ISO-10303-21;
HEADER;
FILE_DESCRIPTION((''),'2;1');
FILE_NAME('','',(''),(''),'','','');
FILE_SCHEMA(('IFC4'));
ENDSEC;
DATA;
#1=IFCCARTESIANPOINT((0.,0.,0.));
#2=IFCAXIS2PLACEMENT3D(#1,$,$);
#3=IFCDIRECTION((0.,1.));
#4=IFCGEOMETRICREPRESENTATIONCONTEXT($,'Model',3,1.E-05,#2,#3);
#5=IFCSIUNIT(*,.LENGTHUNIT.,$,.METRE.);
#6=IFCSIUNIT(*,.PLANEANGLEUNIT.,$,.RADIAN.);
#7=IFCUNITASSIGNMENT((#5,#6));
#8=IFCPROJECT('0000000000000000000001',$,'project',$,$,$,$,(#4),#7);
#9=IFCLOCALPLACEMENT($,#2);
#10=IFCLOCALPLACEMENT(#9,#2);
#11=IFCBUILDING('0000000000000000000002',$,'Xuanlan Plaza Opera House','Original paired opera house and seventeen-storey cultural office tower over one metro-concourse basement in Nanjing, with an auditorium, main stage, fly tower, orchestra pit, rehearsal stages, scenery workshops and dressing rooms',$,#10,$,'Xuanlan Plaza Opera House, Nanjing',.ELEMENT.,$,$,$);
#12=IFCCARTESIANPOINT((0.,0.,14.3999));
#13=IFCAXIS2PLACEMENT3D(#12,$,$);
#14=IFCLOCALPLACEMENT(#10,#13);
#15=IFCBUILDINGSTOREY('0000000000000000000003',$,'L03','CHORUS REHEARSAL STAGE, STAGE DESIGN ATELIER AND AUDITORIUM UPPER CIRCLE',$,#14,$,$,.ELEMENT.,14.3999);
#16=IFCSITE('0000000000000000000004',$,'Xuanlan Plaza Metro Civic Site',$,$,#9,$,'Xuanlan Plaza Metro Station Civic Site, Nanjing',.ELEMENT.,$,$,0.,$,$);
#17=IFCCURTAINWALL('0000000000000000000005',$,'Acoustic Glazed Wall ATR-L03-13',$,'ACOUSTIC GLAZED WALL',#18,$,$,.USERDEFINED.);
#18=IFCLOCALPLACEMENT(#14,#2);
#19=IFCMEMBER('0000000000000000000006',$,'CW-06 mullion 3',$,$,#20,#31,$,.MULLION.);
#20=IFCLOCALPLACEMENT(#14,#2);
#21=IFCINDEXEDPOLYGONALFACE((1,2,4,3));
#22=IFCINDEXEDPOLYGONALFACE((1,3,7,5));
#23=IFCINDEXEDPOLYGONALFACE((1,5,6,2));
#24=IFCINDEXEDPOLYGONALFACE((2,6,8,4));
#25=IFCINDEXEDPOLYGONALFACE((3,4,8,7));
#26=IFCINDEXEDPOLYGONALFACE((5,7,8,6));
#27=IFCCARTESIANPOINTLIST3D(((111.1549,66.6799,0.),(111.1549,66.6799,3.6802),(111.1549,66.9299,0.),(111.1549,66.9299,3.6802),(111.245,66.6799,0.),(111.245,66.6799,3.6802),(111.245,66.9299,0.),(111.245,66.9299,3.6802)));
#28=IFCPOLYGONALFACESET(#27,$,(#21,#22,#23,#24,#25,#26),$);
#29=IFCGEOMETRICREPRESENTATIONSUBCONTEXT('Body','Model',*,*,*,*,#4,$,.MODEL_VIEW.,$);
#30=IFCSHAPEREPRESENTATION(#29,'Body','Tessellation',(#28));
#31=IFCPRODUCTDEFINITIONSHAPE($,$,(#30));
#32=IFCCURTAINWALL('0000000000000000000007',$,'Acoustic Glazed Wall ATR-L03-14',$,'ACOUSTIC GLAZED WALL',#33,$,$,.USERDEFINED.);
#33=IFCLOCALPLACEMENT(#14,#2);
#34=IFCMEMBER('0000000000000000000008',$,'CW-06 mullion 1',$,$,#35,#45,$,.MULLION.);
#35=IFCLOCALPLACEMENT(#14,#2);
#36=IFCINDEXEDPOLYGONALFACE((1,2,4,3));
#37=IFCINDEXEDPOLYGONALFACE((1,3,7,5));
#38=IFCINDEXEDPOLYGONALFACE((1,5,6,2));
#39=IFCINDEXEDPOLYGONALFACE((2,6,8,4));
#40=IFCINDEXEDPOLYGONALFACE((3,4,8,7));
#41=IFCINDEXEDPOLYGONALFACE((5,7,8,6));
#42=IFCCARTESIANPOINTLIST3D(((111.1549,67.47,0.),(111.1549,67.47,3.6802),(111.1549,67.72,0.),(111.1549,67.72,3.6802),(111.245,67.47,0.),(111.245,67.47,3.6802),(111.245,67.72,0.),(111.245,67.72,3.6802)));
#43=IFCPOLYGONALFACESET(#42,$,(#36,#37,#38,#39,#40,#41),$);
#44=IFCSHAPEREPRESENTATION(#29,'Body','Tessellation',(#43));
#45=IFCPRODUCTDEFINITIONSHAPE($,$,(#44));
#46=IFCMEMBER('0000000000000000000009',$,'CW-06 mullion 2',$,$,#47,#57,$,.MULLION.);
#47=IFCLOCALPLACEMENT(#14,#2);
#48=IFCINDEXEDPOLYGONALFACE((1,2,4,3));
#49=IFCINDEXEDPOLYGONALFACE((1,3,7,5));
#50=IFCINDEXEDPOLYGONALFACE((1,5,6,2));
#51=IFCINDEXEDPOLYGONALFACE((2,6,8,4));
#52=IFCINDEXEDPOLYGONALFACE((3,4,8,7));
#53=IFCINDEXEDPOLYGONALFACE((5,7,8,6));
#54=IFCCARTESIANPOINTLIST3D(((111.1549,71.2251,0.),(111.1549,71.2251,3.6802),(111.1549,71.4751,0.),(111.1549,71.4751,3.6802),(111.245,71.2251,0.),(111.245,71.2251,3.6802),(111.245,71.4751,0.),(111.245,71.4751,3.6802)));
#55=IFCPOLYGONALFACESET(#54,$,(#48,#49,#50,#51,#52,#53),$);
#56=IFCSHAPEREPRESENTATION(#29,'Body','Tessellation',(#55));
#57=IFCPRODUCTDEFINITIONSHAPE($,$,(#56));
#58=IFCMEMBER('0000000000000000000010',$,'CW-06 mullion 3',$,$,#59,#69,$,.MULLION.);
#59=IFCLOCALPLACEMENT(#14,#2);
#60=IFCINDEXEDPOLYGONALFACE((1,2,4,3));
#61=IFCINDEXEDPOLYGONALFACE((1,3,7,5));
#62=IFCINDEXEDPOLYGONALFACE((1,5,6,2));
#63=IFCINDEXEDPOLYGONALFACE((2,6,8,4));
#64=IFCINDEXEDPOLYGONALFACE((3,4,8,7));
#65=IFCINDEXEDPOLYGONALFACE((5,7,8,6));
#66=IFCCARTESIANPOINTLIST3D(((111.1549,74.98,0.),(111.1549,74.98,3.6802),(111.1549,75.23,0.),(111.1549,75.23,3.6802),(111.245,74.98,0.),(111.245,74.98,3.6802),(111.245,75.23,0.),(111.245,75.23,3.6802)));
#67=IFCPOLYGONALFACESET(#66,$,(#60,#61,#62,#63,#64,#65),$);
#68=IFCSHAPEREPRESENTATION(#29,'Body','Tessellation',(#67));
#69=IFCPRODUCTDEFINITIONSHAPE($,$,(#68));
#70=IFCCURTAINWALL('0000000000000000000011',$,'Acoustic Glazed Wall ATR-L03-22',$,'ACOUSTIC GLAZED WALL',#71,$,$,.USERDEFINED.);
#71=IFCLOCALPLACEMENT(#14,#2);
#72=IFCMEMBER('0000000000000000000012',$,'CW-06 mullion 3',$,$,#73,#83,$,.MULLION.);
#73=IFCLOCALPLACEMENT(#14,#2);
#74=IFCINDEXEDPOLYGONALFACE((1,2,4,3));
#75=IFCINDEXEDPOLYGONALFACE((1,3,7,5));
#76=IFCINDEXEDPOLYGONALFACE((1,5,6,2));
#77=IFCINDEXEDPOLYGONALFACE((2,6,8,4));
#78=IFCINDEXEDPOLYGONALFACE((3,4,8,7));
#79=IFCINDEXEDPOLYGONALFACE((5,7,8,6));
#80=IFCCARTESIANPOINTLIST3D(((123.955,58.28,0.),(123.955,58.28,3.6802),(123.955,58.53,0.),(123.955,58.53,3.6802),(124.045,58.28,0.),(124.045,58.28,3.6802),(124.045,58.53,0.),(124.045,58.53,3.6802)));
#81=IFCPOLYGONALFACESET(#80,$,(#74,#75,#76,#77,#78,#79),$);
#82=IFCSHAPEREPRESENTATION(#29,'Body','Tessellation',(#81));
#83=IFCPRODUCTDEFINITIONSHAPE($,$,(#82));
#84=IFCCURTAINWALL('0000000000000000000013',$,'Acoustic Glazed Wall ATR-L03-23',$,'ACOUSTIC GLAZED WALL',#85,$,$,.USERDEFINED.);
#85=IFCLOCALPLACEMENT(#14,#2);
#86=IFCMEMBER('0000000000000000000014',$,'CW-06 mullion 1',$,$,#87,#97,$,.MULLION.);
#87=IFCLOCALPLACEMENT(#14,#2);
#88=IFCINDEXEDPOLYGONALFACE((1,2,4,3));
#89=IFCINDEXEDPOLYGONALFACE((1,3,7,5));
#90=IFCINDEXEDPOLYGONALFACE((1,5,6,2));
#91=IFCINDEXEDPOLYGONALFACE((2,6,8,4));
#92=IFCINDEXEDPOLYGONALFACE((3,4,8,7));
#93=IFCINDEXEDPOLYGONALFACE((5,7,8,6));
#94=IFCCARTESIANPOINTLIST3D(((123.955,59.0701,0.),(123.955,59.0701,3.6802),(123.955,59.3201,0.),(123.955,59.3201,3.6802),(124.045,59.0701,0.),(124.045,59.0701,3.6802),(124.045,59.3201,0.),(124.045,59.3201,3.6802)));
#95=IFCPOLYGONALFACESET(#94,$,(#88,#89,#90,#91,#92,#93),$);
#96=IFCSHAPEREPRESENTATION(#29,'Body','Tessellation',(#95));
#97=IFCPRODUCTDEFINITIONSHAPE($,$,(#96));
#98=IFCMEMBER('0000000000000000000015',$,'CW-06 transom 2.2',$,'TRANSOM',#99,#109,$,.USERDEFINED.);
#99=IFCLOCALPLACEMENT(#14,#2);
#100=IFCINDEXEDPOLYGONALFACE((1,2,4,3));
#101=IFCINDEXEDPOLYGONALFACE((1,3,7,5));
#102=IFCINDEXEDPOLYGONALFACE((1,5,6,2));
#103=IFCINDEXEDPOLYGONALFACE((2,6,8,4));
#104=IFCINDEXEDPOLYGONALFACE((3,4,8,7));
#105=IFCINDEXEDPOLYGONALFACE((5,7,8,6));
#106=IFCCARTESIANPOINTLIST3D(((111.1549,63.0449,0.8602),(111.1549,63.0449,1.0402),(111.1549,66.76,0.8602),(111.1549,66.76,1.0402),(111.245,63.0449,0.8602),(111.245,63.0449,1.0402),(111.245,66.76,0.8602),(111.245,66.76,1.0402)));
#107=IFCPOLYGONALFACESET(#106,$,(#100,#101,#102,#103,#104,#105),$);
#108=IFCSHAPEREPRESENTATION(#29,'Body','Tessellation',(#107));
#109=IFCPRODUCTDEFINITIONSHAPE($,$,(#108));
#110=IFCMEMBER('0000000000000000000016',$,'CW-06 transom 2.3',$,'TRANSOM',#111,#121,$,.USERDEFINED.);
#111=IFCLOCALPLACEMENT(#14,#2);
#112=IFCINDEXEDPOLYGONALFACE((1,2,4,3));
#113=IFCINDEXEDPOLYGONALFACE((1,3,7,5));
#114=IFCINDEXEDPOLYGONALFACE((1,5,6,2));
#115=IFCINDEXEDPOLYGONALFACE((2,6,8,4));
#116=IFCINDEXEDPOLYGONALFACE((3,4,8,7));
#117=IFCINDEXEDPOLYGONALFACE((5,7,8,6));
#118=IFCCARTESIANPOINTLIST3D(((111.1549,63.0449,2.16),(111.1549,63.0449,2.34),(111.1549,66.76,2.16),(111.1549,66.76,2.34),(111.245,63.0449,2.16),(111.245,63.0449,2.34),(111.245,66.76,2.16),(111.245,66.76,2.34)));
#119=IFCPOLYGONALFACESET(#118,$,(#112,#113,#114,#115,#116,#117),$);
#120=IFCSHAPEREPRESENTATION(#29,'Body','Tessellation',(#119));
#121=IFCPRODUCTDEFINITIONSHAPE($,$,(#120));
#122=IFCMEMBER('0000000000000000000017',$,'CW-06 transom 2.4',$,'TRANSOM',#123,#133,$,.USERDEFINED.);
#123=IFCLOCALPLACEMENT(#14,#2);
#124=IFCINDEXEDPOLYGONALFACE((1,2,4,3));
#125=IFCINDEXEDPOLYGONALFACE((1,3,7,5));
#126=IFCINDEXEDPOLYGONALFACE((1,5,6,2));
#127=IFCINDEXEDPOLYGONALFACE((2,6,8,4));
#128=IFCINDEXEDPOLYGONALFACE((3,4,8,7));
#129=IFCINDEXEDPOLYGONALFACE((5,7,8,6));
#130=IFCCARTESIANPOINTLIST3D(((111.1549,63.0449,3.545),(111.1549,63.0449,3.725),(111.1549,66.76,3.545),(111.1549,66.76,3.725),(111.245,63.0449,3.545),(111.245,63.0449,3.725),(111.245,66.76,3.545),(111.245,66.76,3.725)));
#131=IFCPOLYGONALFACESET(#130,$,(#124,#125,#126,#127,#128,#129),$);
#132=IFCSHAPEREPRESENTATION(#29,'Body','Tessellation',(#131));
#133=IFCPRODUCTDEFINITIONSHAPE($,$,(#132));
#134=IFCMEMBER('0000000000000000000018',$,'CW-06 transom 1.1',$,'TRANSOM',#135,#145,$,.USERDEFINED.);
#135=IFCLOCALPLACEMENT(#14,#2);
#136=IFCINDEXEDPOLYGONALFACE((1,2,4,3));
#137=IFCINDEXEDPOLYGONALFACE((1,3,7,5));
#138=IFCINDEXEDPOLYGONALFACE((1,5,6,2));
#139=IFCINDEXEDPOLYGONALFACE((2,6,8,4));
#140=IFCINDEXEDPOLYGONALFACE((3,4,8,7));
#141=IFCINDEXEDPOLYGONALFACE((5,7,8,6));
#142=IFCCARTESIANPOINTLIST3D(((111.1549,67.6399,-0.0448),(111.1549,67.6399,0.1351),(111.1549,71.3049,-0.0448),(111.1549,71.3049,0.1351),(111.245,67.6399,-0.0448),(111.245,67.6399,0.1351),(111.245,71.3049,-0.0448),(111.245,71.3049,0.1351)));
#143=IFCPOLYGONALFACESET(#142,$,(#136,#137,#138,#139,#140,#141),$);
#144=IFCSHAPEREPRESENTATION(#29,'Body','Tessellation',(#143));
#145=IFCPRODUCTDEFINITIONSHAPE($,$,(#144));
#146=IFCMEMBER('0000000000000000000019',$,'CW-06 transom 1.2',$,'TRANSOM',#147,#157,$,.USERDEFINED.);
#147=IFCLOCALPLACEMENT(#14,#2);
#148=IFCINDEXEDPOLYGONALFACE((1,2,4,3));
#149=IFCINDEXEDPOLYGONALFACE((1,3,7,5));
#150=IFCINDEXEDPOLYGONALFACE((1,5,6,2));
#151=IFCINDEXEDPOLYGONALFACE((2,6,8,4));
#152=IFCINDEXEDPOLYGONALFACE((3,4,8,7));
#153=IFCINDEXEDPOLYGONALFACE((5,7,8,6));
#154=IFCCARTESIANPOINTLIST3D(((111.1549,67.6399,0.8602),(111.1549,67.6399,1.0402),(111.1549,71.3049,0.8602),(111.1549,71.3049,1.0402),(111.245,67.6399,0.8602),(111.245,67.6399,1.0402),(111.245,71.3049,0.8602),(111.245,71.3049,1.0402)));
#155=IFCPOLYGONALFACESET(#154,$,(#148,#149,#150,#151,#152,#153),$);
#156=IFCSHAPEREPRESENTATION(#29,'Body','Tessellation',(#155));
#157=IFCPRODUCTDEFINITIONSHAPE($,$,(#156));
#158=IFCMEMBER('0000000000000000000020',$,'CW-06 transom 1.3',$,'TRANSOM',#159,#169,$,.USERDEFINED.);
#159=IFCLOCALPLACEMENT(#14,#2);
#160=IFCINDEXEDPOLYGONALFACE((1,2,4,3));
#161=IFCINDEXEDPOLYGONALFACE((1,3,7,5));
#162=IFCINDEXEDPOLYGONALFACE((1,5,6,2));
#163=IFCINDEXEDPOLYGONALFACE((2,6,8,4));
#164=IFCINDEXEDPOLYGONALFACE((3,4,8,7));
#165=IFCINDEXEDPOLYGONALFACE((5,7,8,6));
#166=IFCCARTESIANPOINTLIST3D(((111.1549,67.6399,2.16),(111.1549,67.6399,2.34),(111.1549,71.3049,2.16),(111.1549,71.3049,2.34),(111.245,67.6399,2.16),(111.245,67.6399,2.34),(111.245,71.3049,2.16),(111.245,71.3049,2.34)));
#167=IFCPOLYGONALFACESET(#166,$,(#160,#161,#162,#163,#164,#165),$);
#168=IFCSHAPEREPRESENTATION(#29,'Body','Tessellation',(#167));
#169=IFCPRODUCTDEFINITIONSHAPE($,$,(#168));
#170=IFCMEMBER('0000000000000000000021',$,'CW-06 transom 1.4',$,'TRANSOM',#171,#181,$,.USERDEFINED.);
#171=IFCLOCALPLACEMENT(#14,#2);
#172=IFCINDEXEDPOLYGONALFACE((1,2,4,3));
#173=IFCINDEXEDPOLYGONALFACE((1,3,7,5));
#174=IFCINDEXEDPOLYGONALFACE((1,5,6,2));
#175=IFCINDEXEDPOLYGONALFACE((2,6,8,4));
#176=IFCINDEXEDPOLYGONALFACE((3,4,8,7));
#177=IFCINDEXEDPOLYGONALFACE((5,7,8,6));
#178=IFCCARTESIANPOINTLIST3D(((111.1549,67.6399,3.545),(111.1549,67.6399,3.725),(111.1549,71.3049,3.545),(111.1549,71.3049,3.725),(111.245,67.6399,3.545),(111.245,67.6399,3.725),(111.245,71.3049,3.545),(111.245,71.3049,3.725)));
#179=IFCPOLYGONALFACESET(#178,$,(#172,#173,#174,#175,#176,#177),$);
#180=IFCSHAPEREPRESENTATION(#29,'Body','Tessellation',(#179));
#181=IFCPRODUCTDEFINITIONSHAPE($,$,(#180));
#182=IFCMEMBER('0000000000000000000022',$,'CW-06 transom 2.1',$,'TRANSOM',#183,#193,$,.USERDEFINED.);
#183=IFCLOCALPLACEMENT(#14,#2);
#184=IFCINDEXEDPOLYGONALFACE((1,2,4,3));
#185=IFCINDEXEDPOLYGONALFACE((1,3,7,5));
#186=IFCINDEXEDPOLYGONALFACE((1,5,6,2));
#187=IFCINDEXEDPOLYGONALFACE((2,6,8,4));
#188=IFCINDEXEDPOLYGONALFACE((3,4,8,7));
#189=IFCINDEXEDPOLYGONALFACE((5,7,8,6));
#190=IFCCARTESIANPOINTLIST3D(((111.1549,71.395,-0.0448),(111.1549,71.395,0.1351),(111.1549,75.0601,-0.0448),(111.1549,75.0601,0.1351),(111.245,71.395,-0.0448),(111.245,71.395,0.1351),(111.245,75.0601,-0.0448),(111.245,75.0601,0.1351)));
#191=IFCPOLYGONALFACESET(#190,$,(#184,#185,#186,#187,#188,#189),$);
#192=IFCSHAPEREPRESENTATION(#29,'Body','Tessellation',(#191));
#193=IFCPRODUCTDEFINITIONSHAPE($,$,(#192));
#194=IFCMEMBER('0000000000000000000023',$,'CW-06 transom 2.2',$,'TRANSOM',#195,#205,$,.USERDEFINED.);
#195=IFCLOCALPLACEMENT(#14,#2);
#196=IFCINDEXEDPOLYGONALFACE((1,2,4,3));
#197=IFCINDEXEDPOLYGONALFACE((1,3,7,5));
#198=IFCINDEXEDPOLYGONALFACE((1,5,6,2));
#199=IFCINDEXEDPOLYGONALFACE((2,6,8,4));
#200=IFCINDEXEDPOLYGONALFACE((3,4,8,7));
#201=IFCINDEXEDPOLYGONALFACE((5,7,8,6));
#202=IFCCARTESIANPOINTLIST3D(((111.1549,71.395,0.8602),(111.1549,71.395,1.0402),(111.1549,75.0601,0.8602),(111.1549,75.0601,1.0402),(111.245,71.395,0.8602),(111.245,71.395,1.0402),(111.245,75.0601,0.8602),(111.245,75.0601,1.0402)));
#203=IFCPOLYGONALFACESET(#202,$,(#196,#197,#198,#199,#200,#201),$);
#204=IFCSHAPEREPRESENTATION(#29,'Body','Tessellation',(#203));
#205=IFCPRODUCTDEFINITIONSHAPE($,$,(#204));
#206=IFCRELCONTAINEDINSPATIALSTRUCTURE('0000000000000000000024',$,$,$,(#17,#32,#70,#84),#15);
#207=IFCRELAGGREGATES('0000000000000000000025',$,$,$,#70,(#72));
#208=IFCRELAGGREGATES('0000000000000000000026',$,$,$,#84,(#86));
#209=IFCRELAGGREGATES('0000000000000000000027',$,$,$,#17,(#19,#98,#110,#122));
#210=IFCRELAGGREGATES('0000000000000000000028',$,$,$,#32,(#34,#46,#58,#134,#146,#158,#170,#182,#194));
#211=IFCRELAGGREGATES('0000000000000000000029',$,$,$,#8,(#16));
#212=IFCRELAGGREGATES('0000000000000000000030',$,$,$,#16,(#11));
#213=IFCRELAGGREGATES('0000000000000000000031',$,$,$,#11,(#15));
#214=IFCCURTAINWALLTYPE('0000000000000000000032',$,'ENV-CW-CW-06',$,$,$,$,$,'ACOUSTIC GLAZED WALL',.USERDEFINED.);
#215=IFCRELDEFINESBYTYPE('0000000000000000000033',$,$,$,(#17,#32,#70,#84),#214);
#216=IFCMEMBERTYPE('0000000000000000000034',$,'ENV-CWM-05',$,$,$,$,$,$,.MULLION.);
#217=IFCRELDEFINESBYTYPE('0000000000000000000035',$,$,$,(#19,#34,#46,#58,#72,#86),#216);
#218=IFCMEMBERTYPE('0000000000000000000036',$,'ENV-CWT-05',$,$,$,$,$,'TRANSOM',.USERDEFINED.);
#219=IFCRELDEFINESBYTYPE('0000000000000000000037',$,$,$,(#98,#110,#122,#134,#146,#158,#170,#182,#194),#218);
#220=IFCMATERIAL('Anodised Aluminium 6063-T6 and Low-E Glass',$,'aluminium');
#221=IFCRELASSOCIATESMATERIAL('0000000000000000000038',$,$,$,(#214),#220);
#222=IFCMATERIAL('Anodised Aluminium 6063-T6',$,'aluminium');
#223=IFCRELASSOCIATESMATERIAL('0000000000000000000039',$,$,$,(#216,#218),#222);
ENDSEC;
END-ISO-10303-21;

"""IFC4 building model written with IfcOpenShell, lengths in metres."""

from ifc_helpers import new_model, si_unit, direction, frame, origin, origin_2d, place, context, subcontext, project, spatial, rectangle, extrude, material, material_profile, profile_set, type_object, element, aggregate, save


model = new_model("IFC4")

# Units and contexts
model_context = context("Model", 3, precision=1e-05, world=origin(), true_north=direction((0.0, 1.0)))
body_context = subcontext(model_context, "Body", "Model", "MODEL_VIEW")
ifc_project = project(units=[si_unit("LENGTHUNIT", "METRE"), si_unit("PLANEANGLEUNIT", "RADIAN")], contexts=[model_context])

# Site, building, storey
site_placement = place(None, origin())
site = spatial("IfcSite", under=ifc_project, at=site_placement, Name="Xuanlan Plaza Metro Civic Site", LongName="Xuanlan Plaza Metro Station Civic Site, Nanjing", CompositionType="ELEMENT", RefElevation=0.0)
building_placement = place(site_placement, origin())
building = spatial("IfcBuilding", under=site, at=building_placement, Name="Xuanlan Plaza Opera House", Description="Original paired opera house and seventeen-storey cultural office tower over one metro-concourse basement in Nanjing, with an auditorium, main stage, fly tower, orchestra pit, rehearsal stages, scenery workshops and dressing rooms", LongName="Xuanlan Plaza Opera House, Nanjing", CompositionType="ELEMENT")
storey_placement = place(building_placement, frame((0.0, 0.0, 14.3999)))
storey = spatial("IfcBuildingStorey", under=building, at=storey_placement, Name="L03", Description="CHORUS REHEARSAL STAGE, STAGE DESIGN ATELIER AND AUDITORIUM UPPER CIRCLE", CompositionType="ELEMENT", Elevation=14.3999)

# Curtain wall, member
ifc_material_1 = material(Name="Anodised Aluminium 6063-T6 and Low-E Glass", Category="aluminium")
curtain_wall_type = type_object("IfcCurtainWallType", Name="ENV-CW-CW-06", ElementType="ACOUSTIC GLAZED WALL", PredefinedType="USERDEFINED", material=ifc_material_1)
curtain_wall_1_placement = place(storey_placement, origin())
curtain_wall_1 = element("IfcCurtainWall", 1, at=curtain_wall_1_placement, inside=storey, type_object=curtain_wall_type, Name="Acoustic Glazed Wall ATR-L03-13", ObjectType="ACOUSTIC GLAZED WALL", PredefinedType="USERDEFINED")
ifc_material_2 = material(Name="Anodised Aluminium 6063-T6", Category="aluminium")
ifc_material_profile_1 = material_profile(ifc_material_2, rectangle(XDim=0.0901, YDim=0.25, at=origin_2d()), Name="ALU-M 90x250")
ifc_profile_set_1 = profile_set([ifc_material_profile_1], Name="Anodised Aluminium 6063-T6")
member_type_1 = type_object("IfcMemberType", Name="ENV-CWM-05", PredefinedType="MULLION", material=ifc_profile_set_1)
member_1_placement = place(storey_placement, frame((111.2, 66.8049, 0.0), z_axis=(0.0, 0.0, 1.0), x_axis=(-1.0, 0.0, 0.0)))
member_1 = element("IfcMember", 2, at=member_1_placement, type_object=member_type_1, Name="CW-06 mullion 3", PredefinedType="MULLION", context=body_context, shape_type="SweptSolid", body=[
    extrude(rectangle(XDim=0.0901, YDim=0.25, at=origin_2d()), origin(), (0.0, 0.0, 1.0), 3.6802),
])

# Curtain wall, members
curtain_wall_2_placement = place(storey_placement, origin())
curtain_wall_2 = element("IfcCurtainWall", 3, at=curtain_wall_2_placement, inside=storey, type_object=curtain_wall_type, Name="Acoustic Glazed Wall ATR-L03-14", ObjectType="ACOUSTIC GLAZED WALL", PredefinedType="USERDEFINED")
member_2_placement = place(storey_placement, frame((111.2, 67.595, 0.0), z_axis=(0.0, 0.0, 1.0), x_axis=(-1.0, 0.0, 0.0)))
member_2 = element("IfcMember", 4, at=member_2_placement, type_object=member_type_1, Name="CW-06 mullion 1", PredefinedType="MULLION", context=body_context, shape_type="SweptSolid", body=[
    extrude(rectangle(XDim=0.0901, YDim=0.25, at=origin_2d()), origin(), (0.0, 0.0, 1.0), 3.6802),
])
member_3_placement = place(storey_placement, frame((111.2, 71.3501, 0.0), z_axis=(0.0, 0.0, 1.0), x_axis=(-1.0, 0.0, 0.0)))
member_3 = element("IfcMember", 5, at=member_3_placement, type_object=member_type_1, Name="CW-06 mullion 2", PredefinedType="MULLION", context=body_context, shape_type="SweptSolid", body=[
    extrude(rectangle(XDim=0.0901, YDim=0.25, at=origin_2d()), origin(), (0.0, 0.0, 1.0), 3.6802),
])
member_4_placement = place(storey_placement, frame((111.2, 75.105, 0.0), z_axis=(0.0, 0.0, 1.0), x_axis=(-1.0, 0.0, 0.0)))
member_4 = element("IfcMember", 6, at=member_4_placement, type_object=member_type_1, Name="CW-06 mullion 3", PredefinedType="MULLION", context=body_context, shape_type="SweptSolid", body=[
    extrude(rectangle(XDim=0.0901, YDim=0.25, at=origin_2d()), origin(), (0.0, 0.0, 1.0), 3.6802),
])

# Curtain walls, members
curtain_wall_3_placement = place(storey_placement, origin())
curtain_wall_3 = element("IfcCurtainWall", 7, at=curtain_wall_3_placement, inside=storey, type_object=curtain_wall_type, Name="Acoustic Glazed Wall ATR-L03-22", ObjectType="ACOUSTIC GLAZED WALL", PredefinedType="USERDEFINED")
member_5_placement = place(storey_placement, frame((124.0, 58.405, 0.0), z_axis=(0.0, 0.0, 1.0), x_axis=(-1.0, 0.0, 0.0)))
member_5 = element("IfcMember", 8, at=member_5_placement, type_object=member_type_1, Name="CW-06 mullion 3", PredefinedType="MULLION", context=body_context, shape_type="SweptSolid", body=[
    extrude(rectangle(XDim=0.0901, YDim=0.25, at=origin_2d()), origin(), (0.0, 0.0, 1.0), 3.6802),
])
aggregate(curtain_wall_3, [member_5])
curtain_wall_4_placement = place(storey_placement, origin())
curtain_wall_4 = element("IfcCurtainWall", 9, at=curtain_wall_4_placement, inside=storey, type_object=curtain_wall_type, Name="Acoustic Glazed Wall ATR-L03-23", ObjectType="ACOUSTIC GLAZED WALL", PredefinedType="USERDEFINED")
member_6_placement = place(storey_placement, frame((124.0, 59.1951, 0.0), z_axis=(0.0, 0.0, 1.0), x_axis=(-1.0, 0.0, 0.0)))
member_6 = element("IfcMember", 10, at=member_6_placement, type_object=member_type_1, Name="CW-06 mullion 1", PredefinedType="MULLION", context=body_context, shape_type="SweptSolid", body=[
    extrude(rectangle(XDim=0.0901, YDim=0.25, at=origin_2d()), origin(), (0.0, 0.0, 1.0), 3.6802),
])

# Members
ifc_material_profile_2 = material_profile(ifc_material_2, rectangle(XDim=0.0901, YDim=0.1799, at=origin_2d()), Name="ALU-T 90x180")
ifc_profile_set_2 = profile_set([ifc_material_profile_2], Name="Anodised Aluminium 6063-T6")
member_type_2 = type_object("IfcMemberType", Name="ENV-CWT-05", ElementType="TRANSOM", PredefinedType="USERDEFINED", material=ifc_profile_set_2)
member_7_placement = place(storey_placement, frame((111.2, 63.0449, 0.9502), z_axis=(0.0, 1.0, 0.0), x_axis=(-1.0, 0.0, 0.0)))
member_7 = element("IfcMember", 11, at=member_7_placement, type_object=member_type_2, Name="CW-06 transom 2.2", ObjectType="TRANSOM", PredefinedType="USERDEFINED", context=body_context, shape_type="SweptSolid", body=[
    extrude(rectangle(XDim=0.0901, YDim=0.1799, at=origin_2d()), origin(), (0.0, 0.0, 1.0), 3.7151),
])
member_8_placement = place(storey_placement, frame((111.2, 63.0449, 2.25), z_axis=(0.0, 1.0, 0.0), x_axis=(-1.0, 0.0, 0.0)))
member_8 = element("IfcMember", 12, at=member_8_placement, type_object=member_type_2, Name="CW-06 transom 2.3", ObjectType="TRANSOM", PredefinedType="USERDEFINED", context=body_context, shape_type="SweptSolid", body=[
    extrude(rectangle(XDim=0.0901, YDim=0.1799, at=origin_2d()), origin(), (0.0, 0.0, 1.0), 3.7151),
])
member_9_placement = place(storey_placement, frame((111.2, 63.0449, 3.635), z_axis=(0.0, 1.0, 0.0), x_axis=(-1.0, 0.0, 0.0)))
member_9 = element("IfcMember", 13, at=member_9_placement, type_object=member_type_2, Name="CW-06 transom 2.4", ObjectType="TRANSOM", PredefinedType="USERDEFINED", context=body_context, shape_type="SweptSolid", body=[
    extrude(rectangle(XDim=0.0901, YDim=0.1799, at=origin_2d()), origin(), (0.0, 0.0, 1.0), 3.7151),
])
member_10_placement = place(storey_placement, frame((111.2, 67.6399, 0.0452), z_axis=(0.0, 1.0, 0.0), x_axis=(-1.0, 0.0, 0.0)))
member_10 = element("IfcMember", 14, at=member_10_placement, type_object=member_type_2, Name="CW-06 transom 1.1", ObjectType="TRANSOM", PredefinedType="USERDEFINED", context=body_context, shape_type="SweptSolid", body=[
    extrude(rectangle(XDim=0.0901, YDim=0.1799, at=origin_2d()), origin(), (0.0, 0.0, 1.0), 3.665),
])
member_11_placement = place(storey_placement, frame((111.2, 67.6399, 0.9502), z_axis=(0.0, 1.0, 0.0), x_axis=(-1.0, 0.0, 0.0)))
member_11 = element("IfcMember", 15, at=member_11_placement, type_object=member_type_2, Name="CW-06 transom 1.2", ObjectType="TRANSOM", PredefinedType="USERDEFINED", context=body_context, shape_type="SweptSolid", body=[
    extrude(rectangle(XDim=0.0901, YDim=0.1799, at=origin_2d()), origin(), (0.0, 0.0, 1.0), 3.665),
])
member_12_placement = place(storey_placement, frame((111.2, 67.6399, 2.25), z_axis=(0.0, 1.0, 0.0), x_axis=(-1.0, 0.0, 0.0)))
member_12 = element("IfcMember", 16, at=member_12_placement, type_object=member_type_2, Name="CW-06 transom 1.3", ObjectType="TRANSOM", PredefinedType="USERDEFINED", context=body_context, shape_type="SweptSolid", body=[
    extrude(rectangle(XDim=0.0901, YDim=0.1799, at=origin_2d()), origin(), (0.0, 0.0, 1.0), 3.665),
])
member_13_placement = place(storey_placement, frame((111.2, 67.6399, 3.635), z_axis=(0.0, 1.0, 0.0), x_axis=(-1.0, 0.0, 0.0)))
member_13 = element("IfcMember", 17, at=member_13_placement, type_object=member_type_2, Name="CW-06 transom 1.4", ObjectType="TRANSOM", PredefinedType="USERDEFINED", context=body_context, shape_type="SweptSolid", body=[
    extrude(rectangle(XDim=0.0901, YDim=0.1799, at=origin_2d()), origin(), (0.0, 0.0, 1.0), 3.665),
])
member_14_placement = place(storey_placement, frame((111.2, 71.395, 0.0452), z_axis=(0.0, 1.0, 0.0), x_axis=(-1.0, 0.0, 0.0)))
member_14 = element("IfcMember", 18, at=member_14_placement, type_object=member_type_2, Name="CW-06 transom 2.1", ObjectType="TRANSOM", PredefinedType="USERDEFINED", context=body_context, shape_type="SweptSolid", body=[
    extrude(rectangle(XDim=0.0901, YDim=0.1799, at=origin_2d()), origin(), (0.0, 0.0, 1.0), 3.665),
])
member_15_placement = place(storey_placement, frame((111.2, 71.395, 0.9502), z_axis=(0.0, 1.0, 0.0), x_axis=(-1.0, 0.0, 0.0)))
member_15 = element("IfcMember", 19, at=member_15_placement, type_object=member_type_2, Name="CW-06 transom 2.2", ObjectType="TRANSOM", PredefinedType="USERDEFINED", context=body_context, shape_type="SweptSolid", body=[
    extrude(rectangle(XDim=0.0901, YDim=0.1799, at=origin_2d()), origin(), (0.0, 0.0, 1.0), 3.665),
])
aggregate(curtain_wall_4, [member_6])

aggregate(curtain_wall_1, [member_1, member_7, member_8, member_9])
aggregate(curtain_wall_2, [member_2, member_3, member_4, member_10, member_11, member_12, member_13, member_14, member_15])

save(model, "model.ifc")
